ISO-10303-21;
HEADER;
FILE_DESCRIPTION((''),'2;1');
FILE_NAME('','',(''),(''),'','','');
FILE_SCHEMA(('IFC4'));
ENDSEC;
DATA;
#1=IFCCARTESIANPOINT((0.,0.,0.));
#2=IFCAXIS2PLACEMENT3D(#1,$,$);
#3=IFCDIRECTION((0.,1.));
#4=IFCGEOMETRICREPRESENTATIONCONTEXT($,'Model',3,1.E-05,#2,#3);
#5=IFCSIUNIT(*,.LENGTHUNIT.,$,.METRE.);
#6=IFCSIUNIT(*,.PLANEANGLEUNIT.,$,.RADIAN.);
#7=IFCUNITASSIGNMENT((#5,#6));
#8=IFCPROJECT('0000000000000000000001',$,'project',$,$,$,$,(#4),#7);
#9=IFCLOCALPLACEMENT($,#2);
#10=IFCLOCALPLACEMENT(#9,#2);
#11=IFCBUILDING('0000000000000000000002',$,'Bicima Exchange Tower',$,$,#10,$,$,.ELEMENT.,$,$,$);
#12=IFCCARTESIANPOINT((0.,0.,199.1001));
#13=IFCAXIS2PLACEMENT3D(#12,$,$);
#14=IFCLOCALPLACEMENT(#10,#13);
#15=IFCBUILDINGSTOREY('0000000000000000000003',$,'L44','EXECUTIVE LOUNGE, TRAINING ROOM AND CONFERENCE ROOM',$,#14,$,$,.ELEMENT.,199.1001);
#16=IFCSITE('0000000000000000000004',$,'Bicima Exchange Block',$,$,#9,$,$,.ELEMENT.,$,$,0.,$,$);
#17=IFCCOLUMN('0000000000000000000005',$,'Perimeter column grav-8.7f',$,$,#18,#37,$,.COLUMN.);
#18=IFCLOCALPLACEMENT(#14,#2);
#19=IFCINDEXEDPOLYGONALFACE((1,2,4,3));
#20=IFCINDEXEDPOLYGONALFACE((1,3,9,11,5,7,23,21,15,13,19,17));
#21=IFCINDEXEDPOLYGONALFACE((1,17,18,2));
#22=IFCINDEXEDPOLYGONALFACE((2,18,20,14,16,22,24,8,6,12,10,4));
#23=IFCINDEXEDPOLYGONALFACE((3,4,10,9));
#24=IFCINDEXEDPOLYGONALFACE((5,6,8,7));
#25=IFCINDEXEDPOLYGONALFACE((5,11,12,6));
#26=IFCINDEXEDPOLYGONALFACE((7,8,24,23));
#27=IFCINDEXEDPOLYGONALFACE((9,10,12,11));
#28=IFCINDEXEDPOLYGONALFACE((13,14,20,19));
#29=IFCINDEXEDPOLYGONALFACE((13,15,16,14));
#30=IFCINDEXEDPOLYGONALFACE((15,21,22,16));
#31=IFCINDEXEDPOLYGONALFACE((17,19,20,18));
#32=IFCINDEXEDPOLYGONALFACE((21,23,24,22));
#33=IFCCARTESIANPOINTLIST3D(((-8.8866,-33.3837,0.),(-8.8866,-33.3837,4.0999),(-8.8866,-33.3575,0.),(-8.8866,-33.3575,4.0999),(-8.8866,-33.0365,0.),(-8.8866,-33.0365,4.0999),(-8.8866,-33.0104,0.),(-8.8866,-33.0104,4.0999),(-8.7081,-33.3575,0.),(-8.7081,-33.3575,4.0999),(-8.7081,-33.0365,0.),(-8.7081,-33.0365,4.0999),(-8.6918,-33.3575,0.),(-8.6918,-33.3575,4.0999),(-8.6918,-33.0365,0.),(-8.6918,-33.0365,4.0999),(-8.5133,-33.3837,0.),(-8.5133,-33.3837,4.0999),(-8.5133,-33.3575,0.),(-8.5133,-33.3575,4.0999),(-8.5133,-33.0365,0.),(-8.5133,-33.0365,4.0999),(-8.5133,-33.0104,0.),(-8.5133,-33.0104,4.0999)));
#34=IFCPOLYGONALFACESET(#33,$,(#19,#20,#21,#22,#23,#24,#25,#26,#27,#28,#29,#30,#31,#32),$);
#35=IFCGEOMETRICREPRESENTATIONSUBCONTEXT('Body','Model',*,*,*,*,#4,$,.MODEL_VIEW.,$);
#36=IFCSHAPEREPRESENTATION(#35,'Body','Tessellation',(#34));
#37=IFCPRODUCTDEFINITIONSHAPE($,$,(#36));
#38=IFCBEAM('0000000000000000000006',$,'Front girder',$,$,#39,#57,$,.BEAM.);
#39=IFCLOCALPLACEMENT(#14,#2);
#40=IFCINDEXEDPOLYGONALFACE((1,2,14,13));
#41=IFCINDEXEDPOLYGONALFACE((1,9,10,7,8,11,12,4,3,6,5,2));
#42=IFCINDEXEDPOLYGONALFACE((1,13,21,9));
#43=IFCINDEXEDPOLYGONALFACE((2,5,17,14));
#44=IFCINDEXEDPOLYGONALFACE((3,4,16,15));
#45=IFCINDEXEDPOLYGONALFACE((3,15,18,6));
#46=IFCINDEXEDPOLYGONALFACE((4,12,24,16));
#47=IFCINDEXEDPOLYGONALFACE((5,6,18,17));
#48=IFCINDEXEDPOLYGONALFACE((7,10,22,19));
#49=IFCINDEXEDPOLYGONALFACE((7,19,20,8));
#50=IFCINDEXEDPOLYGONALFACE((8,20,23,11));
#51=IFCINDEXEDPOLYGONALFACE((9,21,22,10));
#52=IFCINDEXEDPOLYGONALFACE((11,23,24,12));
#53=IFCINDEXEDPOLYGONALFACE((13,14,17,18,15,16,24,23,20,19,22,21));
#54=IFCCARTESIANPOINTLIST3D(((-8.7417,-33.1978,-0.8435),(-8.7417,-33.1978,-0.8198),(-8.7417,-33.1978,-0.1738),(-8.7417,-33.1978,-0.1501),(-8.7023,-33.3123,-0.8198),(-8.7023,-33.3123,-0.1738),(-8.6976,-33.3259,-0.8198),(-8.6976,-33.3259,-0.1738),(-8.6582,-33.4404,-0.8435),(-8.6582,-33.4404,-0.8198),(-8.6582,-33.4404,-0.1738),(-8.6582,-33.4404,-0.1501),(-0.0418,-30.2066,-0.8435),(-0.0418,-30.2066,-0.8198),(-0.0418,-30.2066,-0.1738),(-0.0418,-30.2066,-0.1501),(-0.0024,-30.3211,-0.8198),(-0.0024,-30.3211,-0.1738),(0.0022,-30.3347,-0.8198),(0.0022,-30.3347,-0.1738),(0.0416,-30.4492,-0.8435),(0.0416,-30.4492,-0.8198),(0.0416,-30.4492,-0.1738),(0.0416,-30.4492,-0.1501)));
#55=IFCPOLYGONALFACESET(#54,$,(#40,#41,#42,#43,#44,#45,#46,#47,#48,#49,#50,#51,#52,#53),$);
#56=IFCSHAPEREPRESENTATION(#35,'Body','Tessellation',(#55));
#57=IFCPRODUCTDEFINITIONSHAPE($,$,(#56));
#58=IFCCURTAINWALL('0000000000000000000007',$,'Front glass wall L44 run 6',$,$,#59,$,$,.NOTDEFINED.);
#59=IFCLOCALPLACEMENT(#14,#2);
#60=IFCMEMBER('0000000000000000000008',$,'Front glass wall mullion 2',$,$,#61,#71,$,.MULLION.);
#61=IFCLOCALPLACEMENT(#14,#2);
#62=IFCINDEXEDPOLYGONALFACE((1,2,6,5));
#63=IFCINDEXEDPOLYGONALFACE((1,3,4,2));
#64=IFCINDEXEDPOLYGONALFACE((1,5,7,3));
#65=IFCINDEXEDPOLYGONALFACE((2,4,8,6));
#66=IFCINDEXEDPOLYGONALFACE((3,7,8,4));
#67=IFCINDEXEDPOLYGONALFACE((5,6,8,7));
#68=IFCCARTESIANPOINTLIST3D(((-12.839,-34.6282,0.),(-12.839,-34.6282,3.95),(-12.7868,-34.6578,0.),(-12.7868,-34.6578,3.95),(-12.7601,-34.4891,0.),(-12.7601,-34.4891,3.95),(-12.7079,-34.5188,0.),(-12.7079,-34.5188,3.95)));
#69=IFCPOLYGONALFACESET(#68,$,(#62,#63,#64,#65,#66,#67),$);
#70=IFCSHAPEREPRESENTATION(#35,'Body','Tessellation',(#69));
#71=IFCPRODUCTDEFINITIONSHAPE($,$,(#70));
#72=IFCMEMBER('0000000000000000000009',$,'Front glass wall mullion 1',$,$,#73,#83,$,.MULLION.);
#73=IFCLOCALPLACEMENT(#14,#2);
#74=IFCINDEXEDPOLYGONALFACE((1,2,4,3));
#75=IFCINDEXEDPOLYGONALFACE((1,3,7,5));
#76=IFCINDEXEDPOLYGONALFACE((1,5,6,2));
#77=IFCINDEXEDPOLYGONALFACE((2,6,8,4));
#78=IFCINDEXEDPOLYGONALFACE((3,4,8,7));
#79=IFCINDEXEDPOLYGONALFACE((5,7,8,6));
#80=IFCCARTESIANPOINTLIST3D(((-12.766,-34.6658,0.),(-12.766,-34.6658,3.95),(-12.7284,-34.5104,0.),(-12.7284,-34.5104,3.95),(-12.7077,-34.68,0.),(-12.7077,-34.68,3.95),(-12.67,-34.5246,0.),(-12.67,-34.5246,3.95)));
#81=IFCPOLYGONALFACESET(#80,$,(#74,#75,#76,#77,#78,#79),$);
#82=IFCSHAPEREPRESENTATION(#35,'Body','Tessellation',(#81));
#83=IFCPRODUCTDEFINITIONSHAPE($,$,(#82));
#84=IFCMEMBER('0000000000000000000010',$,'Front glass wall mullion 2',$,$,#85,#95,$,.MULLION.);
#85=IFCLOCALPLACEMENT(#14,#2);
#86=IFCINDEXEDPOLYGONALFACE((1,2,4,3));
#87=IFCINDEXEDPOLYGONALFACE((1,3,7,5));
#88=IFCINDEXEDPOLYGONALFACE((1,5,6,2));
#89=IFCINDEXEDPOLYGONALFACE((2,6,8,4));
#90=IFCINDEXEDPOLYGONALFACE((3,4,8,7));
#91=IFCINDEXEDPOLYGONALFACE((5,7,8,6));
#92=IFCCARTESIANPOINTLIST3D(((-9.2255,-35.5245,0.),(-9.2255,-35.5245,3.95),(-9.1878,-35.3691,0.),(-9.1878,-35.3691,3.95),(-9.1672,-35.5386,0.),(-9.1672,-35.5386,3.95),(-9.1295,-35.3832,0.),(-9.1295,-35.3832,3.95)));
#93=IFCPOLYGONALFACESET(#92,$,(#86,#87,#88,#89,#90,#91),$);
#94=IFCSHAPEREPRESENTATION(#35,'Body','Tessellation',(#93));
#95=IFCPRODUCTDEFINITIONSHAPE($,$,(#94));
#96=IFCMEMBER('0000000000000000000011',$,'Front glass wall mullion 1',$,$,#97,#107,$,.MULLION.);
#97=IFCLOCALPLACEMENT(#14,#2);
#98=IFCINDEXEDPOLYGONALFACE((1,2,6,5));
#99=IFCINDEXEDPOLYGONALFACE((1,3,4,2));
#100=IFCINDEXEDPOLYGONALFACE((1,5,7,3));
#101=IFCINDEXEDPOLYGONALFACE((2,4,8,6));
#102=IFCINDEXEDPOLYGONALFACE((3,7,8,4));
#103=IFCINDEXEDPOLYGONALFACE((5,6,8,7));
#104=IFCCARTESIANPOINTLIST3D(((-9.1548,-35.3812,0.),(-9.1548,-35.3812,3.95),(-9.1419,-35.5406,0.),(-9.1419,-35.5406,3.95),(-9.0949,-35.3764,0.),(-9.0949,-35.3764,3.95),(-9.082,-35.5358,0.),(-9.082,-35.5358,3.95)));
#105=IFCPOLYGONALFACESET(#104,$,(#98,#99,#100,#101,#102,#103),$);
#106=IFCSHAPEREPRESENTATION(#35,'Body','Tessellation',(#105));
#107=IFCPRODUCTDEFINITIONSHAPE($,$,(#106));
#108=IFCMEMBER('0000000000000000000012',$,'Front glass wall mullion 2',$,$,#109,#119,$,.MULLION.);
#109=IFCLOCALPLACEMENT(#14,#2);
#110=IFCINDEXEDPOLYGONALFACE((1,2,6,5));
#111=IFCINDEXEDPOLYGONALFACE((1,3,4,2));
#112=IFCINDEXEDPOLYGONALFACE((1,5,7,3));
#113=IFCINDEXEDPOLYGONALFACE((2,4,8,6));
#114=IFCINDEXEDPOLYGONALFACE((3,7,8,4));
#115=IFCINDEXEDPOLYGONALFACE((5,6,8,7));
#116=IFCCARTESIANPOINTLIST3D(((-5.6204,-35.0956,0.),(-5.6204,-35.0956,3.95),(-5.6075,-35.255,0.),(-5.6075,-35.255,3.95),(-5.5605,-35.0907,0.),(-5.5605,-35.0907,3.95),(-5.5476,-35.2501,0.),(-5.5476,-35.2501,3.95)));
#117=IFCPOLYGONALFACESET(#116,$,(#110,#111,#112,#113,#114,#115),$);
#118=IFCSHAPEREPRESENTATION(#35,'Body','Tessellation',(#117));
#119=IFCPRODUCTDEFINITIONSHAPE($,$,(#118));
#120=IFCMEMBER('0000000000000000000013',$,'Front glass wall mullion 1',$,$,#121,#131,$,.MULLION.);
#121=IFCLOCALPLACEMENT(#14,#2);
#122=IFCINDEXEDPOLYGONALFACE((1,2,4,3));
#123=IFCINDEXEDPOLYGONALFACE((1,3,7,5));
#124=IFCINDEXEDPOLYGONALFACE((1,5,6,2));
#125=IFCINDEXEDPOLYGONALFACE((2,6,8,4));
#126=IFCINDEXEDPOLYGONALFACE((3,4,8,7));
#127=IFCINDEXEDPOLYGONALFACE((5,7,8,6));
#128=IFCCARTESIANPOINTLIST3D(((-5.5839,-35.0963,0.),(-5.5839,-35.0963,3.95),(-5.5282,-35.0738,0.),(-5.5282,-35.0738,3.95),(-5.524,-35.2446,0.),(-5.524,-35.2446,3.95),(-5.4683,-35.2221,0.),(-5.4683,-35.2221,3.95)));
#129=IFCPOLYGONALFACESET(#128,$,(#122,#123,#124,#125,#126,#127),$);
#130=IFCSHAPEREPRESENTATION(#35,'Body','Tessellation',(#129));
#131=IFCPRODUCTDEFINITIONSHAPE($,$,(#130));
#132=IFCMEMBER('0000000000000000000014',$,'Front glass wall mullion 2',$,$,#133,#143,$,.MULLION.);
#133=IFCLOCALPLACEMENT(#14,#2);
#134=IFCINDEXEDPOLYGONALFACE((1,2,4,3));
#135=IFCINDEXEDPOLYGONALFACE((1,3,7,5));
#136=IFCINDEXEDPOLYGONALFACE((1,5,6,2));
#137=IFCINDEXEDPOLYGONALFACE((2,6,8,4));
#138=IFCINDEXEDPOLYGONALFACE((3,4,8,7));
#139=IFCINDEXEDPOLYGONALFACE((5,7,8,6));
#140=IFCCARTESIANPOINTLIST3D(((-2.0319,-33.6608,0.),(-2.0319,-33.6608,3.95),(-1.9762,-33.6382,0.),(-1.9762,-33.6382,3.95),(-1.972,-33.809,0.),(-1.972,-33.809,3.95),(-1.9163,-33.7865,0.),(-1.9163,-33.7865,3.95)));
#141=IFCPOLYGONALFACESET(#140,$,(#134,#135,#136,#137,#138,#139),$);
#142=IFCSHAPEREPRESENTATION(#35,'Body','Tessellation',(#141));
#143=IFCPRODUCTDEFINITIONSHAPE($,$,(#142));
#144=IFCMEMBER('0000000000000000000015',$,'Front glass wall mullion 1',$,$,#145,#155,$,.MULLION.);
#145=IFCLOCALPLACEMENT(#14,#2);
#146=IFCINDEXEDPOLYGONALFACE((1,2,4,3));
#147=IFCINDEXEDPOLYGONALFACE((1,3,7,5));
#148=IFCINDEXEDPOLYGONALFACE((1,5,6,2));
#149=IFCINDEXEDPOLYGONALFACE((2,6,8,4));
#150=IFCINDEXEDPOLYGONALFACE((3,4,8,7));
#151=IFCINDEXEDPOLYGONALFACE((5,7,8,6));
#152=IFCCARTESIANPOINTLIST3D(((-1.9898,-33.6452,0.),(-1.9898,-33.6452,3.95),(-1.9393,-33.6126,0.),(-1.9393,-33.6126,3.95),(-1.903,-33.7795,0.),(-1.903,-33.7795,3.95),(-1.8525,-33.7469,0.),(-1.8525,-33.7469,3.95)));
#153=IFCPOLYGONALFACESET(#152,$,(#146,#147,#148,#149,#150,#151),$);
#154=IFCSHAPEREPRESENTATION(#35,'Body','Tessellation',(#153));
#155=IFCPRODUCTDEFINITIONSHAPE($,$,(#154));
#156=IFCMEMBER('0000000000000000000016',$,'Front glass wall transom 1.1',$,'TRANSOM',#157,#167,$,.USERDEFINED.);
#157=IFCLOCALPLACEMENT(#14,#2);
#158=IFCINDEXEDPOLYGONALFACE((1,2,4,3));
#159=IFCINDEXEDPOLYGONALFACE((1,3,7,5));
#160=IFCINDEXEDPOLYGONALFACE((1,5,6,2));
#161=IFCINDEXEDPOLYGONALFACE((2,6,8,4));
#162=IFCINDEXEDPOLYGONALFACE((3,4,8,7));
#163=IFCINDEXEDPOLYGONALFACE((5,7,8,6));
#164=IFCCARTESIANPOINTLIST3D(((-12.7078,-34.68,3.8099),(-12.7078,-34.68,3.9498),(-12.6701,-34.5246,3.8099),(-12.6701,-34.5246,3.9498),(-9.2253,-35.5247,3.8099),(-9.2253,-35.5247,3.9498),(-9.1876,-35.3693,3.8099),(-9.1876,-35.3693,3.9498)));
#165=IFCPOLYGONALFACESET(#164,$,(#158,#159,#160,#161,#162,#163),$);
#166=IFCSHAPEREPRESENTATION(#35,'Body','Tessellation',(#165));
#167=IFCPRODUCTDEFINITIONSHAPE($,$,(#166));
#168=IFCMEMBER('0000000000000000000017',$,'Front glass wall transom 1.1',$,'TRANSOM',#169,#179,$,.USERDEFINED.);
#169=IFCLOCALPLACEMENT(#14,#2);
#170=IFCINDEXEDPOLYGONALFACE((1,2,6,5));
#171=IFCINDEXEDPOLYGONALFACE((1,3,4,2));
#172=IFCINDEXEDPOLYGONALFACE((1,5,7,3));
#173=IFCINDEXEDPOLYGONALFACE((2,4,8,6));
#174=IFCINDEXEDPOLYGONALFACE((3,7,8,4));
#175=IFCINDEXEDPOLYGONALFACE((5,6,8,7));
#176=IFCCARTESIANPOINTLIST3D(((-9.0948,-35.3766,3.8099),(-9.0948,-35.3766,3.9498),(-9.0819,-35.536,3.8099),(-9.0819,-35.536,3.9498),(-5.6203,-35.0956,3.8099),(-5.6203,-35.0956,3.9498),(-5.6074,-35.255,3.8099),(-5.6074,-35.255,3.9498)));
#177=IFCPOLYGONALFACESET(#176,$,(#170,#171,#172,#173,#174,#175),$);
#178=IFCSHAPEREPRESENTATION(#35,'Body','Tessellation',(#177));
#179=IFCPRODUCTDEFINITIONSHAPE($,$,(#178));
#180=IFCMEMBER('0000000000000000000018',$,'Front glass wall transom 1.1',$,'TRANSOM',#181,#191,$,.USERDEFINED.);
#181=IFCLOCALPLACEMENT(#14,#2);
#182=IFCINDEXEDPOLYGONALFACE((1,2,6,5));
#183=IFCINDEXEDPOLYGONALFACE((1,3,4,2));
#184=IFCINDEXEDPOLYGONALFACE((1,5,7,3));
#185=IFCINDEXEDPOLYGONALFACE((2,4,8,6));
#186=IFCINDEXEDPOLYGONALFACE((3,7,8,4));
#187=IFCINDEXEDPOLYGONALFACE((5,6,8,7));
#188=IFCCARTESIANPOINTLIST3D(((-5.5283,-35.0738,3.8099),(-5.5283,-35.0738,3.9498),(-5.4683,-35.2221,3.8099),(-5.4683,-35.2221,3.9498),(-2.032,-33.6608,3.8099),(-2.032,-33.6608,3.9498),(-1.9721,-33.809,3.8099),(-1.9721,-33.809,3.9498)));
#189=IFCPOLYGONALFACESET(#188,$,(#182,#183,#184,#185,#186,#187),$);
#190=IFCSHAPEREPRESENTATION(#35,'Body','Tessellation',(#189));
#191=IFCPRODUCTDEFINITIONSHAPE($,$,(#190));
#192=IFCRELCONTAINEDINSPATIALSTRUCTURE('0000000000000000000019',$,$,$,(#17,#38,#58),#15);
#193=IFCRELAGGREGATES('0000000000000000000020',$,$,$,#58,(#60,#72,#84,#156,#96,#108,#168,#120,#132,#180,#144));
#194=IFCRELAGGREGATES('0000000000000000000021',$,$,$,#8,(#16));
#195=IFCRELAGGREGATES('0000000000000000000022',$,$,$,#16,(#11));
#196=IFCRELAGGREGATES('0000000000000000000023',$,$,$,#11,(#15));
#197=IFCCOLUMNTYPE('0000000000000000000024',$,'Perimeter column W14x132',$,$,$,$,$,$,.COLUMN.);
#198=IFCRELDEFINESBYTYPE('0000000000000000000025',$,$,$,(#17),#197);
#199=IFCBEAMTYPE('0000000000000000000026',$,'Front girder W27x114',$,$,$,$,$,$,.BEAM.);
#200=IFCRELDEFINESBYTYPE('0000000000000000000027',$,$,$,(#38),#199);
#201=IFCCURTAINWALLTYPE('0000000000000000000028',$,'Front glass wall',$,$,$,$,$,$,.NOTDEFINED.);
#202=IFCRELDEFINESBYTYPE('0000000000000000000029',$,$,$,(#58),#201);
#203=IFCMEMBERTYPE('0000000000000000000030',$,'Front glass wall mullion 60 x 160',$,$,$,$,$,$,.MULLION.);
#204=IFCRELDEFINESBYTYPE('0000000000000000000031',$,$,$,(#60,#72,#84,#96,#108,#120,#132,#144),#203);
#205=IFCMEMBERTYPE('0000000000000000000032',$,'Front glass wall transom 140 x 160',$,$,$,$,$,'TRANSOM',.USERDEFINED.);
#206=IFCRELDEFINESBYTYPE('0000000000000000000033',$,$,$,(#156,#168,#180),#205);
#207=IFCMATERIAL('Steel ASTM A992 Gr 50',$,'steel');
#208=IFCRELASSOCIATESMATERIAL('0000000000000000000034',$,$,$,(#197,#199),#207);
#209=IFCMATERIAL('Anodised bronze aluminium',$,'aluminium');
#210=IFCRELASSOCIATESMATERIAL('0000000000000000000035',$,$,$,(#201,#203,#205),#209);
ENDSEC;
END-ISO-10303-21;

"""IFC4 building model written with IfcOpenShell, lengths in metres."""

from ifc_helpers import new_model, si_unit, direction, frame, origin, origin_2d, place, context, subcontext, project, spatial, rectangle, i_section, extrude, material, material_profile, profile_set, type_object, element, aggregate, save


model = new_model("IFC4")

# Units and contexts
model_context = context("Model", 3, precision=1e-05, world=origin(), true_north=direction((0.0, 1.0)))
body_context = subcontext(model_context, "Body", "Model", "MODEL_VIEW")
ifc_project = project(units=[si_unit("LENGTHUNIT", "METRE"), si_unit("PLANEANGLEUNIT", "RADIAN")], contexts=[model_context])

# Site, building, storey
site_placement = place(None, origin())
site = spatial("IfcSite", under=ifc_project, at=site_placement, Name="Bicima Exchange Block", CompositionType="ELEMENT", RefElevation=0.0)
building_placement = place(site_placement, origin())
building = spatial("IfcBuilding", under=site, at=building_placement, Name="Bicima Exchange Tower", CompositionType="ELEMENT")
storey_placement = place(building_placement, frame((0.0, 0.0, 199.1001)))
storey = spatial("IfcBuildingStorey", under=building, at=storey_placement, Name="L44", Description="EXECUTIVE LOUNGE, TRAINING ROOM AND CONFERENCE ROOM", CompositionType="ELEMENT", Elevation=199.1001)

# Column
ifc_material_1 = material(Name="Steel ASTM A992 Gr 50", Category="steel")
ifc_material_profile_1 = material_profile(ifc_material_1, i_section(OverallWidth=0.3733, OverallDepth=0.3733, WebThickness=0.0164, FlangeThickness=0.0261, at=origin_2d()))
ifc_profile_set_1 = profile_set([ifc_material_profile_1], Name="Steel ASTM A992 Gr 50")
column_type = type_object("IfcColumnType", Name="Perimeter column W14x132", PredefinedType="COLUMN", material=ifc_profile_set_1)
column_placement = place(storey_placement, frame((-8.7, -33.197, 0.0), z_axis=(0.0, 0.0, 1.0), x_axis=(1.0, 0.0, 0.0)))
element("IfcColumn", 1, at=column_placement, inside=storey, type_object=column_type, Name="Perimeter column grav-8.7f", PredefinedType="COLUMN", context=body_context, shape_type="SweptSolid", body=[
    extrude(i_section(OverallWidth=0.3733, OverallDepth=0.3733, WebThickness=0.0164, FlangeThickness=0.0261, at=origin_2d()), origin(), (0.0, 0.0, 1.0), 4.0999),
])

# Beam
ifc_material_profile_2 = material_profile(ifc_material_1, i_section(OverallWidth=0.2566, OverallDepth=0.6934, WebThickness=0.0144, FlangeThickness=0.0237, at=origin_2d()))
ifc_profile_set_2 = profile_set([ifc_material_profile_2], Name="Steel ASTM A992 Gr 50")
beam_type = type_object("IfcBeamType", Name="Front girder W27x114", PredefinedType="BEAM", material=ifc_profile_set_2)
beam_placement = place(storey_placement, frame((-8.7, -33.3191, -0.4968), z_axis=(0.945666, 0.325138, 0.0), x_axis=(-0.325138, 0.945666, 0.0)))
element("IfcBeam", 2, at=beam_placement, inside=storey, type_object=beam_type, Name="Front girder", PredefinedType="BEAM", context=body_context, shape_type="SweptSolid", body=[
    extrude(i_section(OverallWidth=0.2566, OverallDepth=0.6934, WebThickness=0.0144, FlangeThickness=0.0237, at=origin_2d()), origin(), (0.0, 0.0, 1.0), 9.1997),
])

# Curtain wall, members
ifc_material_2 = material(Name="Anodised bronze aluminium", Category="aluminium")
curtain_wall_type = type_object("IfcCurtainWallType", Name="Front glass wall", PredefinedType="NOTDEFINED", material=ifc_material_2)
curtain_wall_placement = place(storey_placement, origin())
curtain_wall = element("IfcCurtainWall", 3, at=curtain_wall_placement, inside=storey, type_object=curtain_wall_type, Name="Front glass wall L44 run 6", PredefinedType="NOTDEFINED")
ifc_material_profile_3 = material_profile(ifc_material_2, rectangle(XDim=0.1599, YDim=0.0601, at=origin_2d()))
ifc_profile_set_3 = profile_set([ifc_material_profile_3], Name="Anodised bronze aluminium")
member_type_1 = type_object("IfcMemberType", Name="Front glass wall mullion 60 x 160", PredefinedType="MULLION", material=ifc_profile_set_3)
member_1_placement = place(storey_placement, frame((-12.7734, -34.5735, 0.0), z_axis=(0.0, 0.0, 1.0), x_axis=(0.493395, 0.869805, 0.0)))
member_1 = element("IfcMember", 4, at=member_1_placement, type_object=member_type_1, Name="Front glass wall mullion 2", PredefinedType="MULLION", context=body_context, shape_type="SweptSolid", body=[
    extrude(rectangle(XDim=0.1599, YDim=0.0601, at=origin_2d()), origin(), (0.0, 0.0, 1.0), 3.95),
])
member_2_placement = place(storey_placement, frame((-12.718, -34.5952, 0.0), z_axis=(0.0, 0.0, 1.0), x_axis=(0.235682, 0.97183, 0.0)))
member_2 = element("IfcMember", 5, at=member_2_placement, type_object=member_type_1, Name="Front glass wall mullion 1", PredefinedType="MULLION", context=body_context, shape_type="SweptSolid", body=[
    extrude(rectangle(XDim=0.1599, YDim=0.0601, at=origin_2d()), origin(), (0.0, 0.0, 1.0), 3.95),
])
member_3_placement = place(storey_placement, frame((-9.1775, -35.4539, 0.0), z_axis=(0.0, 0.0, 1.0), x_axis=(0.235682, 0.97183, 0.0)))
member_3 = element("IfcMember", 6, at=member_3_placement, type_object=member_type_1, Name="Front glass wall mullion 2", PredefinedType="MULLION", context=body_context, shape_type="SweptSolid", body=[
    extrude(rectangle(XDim=0.1599, YDim=0.0601, at=origin_2d()), origin(), (0.0, 0.0, 1.0), 3.95),
])
member_4_placement = place(storey_placement, frame((-9.1184, -35.4585, 0.0), z_axis=(0.0, 0.0, 1.0), x_axis=(-0.080589, 0.996747, 0.0)))
member_4 = element("IfcMember", 7, at=member_4_placement, type_object=member_type_1, Name="Front glass wall mullion 1", PredefinedType="MULLION", context=body_context, shape_type="SweptSolid", body=[
    extrude(rectangle(XDim=0.1599, YDim=0.0601, at=origin_2d()), origin(), (0.0, 0.0, 1.0), 3.95),
])
member_5_placement = place(storey_placement, frame((-5.584, -35.1729, 0.0), z_axis=(0.0, 0.0, 1.0), x_axis=(-0.080589, 0.996747, 0.0)))
member_5 = element("IfcMember", 8, at=member_5_placement, type_object=member_type_1, Name="Front glass wall mullion 2", PredefinedType="MULLION", context=body_context, shape_type="SweptSolid", body=[
    extrude(rectangle(XDim=0.1599, YDim=0.0601, at=origin_2d()), origin(), (0.0, 0.0, 1.0), 3.95),
])
member_6_placement = place(storey_placement, frame((-5.5261, -35.1592, 0.0), z_axis=(0.0, 0.0, 1.0), x_axis=(-0.374705, 0.927144, 0.0)))
member_6 = element("IfcMember", 9, at=member_6_placement, type_object=member_type_1, Name="Front glass wall mullion 1", PredefinedType="MULLION", context=body_context, shape_type="SweptSolid", body=[
    extrude(rectangle(XDim=0.1599, YDim=0.0601, at=origin_2d()), origin(), (0.0, 0.0, 1.0), 3.95),
])
member_7_placement = place(storey_placement, frame((-1.9741, -33.7236, 0.0), z_axis=(0.0, 0.0, 1.0), x_axis=(-0.374705, 0.927144, 0.0)))
member_7 = element("IfcMember", 10, at=member_7_placement, type_object=member_type_1, Name="Front glass wall mullion 2", PredefinedType="MULLION", context=body_context, shape_type="SweptSolid", body=[
    extrude(rectangle(XDim=0.1599, YDim=0.0601, at=origin_2d()), origin(), (0.0, 0.0, 1.0), 3.95),
])
member_8_placement = place(storey_placement, frame((-1.9211, -33.696, 0.0), z_axis=(0.0, 0.0, 1.0), x_axis=(-0.542897, 0.839799, 0.0)))
member_8 = element("IfcMember", 11, at=member_8_placement, type_object=member_type_1, Name="Front glass wall mullion 1", PredefinedType="MULLION", context=body_context, shape_type="SweptSolid", body=[
    extrude(rectangle(XDim=0.1599, YDim=0.0601, at=origin_2d()), origin(), (0.0, 0.0, 1.0), 3.95),
])
ifc_material_profile_4 = material_profile(ifc_material_2, rectangle(XDim=0.1599, YDim=0.1399, at=origin_2d()))
ifc_profile_set_4 = profile_set([ifc_material_profile_4], Name="Anodised bronze aluminium")
member_type_2 = type_object("IfcMemberType", Name="Front glass wall transom 140 x 160", ElementType="TRANSOM", PredefinedType="USERDEFINED", material=ifc_profile_set_4)
member_9_placement = place(storey_placement, frame((-12.689, -34.6023, 3.8799), z_axis=(0.971818, -0.235733, 0.0), x_axis=(0.235733, 0.971818, 0.0)))
member_9 = element("IfcMember", 12, at=member_9_placement, type_object=member_type_2, Name="Front glass wall transom 1.1", ObjectType="TRANSOM", PredefinedType="USERDEFINED", context=body_context, shape_type="SweptSolid", body=[
    extrude(rectangle(XDim=0.1599, YDim=0.1399, at=origin_2d()), origin(), (0.0, 0.0, 1.0), 3.5835),
])
member_10_placement = place(storey_placement, frame((-9.0884, -35.4563, 3.8799), z_axis=(0.996746, 0.080611, 0.0), x_axis=(-0.080611, 0.996746, 0.0)))
member_10 = element("IfcMember", 13, at=member_10_placement, type_object=member_type_2, Name="Front glass wall transom 1.1", ObjectType="TRANSOM", PredefinedType="USERDEFINED", context=body_context, shape_type="SweptSolid", body=[
    extrude(rectangle(XDim=0.1599, YDim=0.1399, at=origin_2d()), origin(), (0.0, 0.0, 1.0), 3.4858),
])
member_11_placement = place(storey_placement, frame((-5.4983, -35.1479, 3.8799), z_axis=(0.92714, 0.374715, 0.0), x_axis=(-0.374715, 0.92714, 0.0)))
member_11 = element("IfcMember", 14, at=member_11_placement, type_object=member_type_2, Name="Front glass wall transom 1.1", ObjectType="TRANSOM", PredefinedType="USERDEFINED", context=body_context, shape_type="SweptSolid", body=[
    extrude(rectangle(XDim=0.1599, YDim=0.1399, at=origin_2d()), origin(), (0.0, 0.0, 1.0), 3.771),
])
aggregate(curtain_wall, [member_1, member_2, member_3, member_9, member_4, member_5, member_10, member_6, member_7, member_11, member_8])

save(model, "model.ifc")
